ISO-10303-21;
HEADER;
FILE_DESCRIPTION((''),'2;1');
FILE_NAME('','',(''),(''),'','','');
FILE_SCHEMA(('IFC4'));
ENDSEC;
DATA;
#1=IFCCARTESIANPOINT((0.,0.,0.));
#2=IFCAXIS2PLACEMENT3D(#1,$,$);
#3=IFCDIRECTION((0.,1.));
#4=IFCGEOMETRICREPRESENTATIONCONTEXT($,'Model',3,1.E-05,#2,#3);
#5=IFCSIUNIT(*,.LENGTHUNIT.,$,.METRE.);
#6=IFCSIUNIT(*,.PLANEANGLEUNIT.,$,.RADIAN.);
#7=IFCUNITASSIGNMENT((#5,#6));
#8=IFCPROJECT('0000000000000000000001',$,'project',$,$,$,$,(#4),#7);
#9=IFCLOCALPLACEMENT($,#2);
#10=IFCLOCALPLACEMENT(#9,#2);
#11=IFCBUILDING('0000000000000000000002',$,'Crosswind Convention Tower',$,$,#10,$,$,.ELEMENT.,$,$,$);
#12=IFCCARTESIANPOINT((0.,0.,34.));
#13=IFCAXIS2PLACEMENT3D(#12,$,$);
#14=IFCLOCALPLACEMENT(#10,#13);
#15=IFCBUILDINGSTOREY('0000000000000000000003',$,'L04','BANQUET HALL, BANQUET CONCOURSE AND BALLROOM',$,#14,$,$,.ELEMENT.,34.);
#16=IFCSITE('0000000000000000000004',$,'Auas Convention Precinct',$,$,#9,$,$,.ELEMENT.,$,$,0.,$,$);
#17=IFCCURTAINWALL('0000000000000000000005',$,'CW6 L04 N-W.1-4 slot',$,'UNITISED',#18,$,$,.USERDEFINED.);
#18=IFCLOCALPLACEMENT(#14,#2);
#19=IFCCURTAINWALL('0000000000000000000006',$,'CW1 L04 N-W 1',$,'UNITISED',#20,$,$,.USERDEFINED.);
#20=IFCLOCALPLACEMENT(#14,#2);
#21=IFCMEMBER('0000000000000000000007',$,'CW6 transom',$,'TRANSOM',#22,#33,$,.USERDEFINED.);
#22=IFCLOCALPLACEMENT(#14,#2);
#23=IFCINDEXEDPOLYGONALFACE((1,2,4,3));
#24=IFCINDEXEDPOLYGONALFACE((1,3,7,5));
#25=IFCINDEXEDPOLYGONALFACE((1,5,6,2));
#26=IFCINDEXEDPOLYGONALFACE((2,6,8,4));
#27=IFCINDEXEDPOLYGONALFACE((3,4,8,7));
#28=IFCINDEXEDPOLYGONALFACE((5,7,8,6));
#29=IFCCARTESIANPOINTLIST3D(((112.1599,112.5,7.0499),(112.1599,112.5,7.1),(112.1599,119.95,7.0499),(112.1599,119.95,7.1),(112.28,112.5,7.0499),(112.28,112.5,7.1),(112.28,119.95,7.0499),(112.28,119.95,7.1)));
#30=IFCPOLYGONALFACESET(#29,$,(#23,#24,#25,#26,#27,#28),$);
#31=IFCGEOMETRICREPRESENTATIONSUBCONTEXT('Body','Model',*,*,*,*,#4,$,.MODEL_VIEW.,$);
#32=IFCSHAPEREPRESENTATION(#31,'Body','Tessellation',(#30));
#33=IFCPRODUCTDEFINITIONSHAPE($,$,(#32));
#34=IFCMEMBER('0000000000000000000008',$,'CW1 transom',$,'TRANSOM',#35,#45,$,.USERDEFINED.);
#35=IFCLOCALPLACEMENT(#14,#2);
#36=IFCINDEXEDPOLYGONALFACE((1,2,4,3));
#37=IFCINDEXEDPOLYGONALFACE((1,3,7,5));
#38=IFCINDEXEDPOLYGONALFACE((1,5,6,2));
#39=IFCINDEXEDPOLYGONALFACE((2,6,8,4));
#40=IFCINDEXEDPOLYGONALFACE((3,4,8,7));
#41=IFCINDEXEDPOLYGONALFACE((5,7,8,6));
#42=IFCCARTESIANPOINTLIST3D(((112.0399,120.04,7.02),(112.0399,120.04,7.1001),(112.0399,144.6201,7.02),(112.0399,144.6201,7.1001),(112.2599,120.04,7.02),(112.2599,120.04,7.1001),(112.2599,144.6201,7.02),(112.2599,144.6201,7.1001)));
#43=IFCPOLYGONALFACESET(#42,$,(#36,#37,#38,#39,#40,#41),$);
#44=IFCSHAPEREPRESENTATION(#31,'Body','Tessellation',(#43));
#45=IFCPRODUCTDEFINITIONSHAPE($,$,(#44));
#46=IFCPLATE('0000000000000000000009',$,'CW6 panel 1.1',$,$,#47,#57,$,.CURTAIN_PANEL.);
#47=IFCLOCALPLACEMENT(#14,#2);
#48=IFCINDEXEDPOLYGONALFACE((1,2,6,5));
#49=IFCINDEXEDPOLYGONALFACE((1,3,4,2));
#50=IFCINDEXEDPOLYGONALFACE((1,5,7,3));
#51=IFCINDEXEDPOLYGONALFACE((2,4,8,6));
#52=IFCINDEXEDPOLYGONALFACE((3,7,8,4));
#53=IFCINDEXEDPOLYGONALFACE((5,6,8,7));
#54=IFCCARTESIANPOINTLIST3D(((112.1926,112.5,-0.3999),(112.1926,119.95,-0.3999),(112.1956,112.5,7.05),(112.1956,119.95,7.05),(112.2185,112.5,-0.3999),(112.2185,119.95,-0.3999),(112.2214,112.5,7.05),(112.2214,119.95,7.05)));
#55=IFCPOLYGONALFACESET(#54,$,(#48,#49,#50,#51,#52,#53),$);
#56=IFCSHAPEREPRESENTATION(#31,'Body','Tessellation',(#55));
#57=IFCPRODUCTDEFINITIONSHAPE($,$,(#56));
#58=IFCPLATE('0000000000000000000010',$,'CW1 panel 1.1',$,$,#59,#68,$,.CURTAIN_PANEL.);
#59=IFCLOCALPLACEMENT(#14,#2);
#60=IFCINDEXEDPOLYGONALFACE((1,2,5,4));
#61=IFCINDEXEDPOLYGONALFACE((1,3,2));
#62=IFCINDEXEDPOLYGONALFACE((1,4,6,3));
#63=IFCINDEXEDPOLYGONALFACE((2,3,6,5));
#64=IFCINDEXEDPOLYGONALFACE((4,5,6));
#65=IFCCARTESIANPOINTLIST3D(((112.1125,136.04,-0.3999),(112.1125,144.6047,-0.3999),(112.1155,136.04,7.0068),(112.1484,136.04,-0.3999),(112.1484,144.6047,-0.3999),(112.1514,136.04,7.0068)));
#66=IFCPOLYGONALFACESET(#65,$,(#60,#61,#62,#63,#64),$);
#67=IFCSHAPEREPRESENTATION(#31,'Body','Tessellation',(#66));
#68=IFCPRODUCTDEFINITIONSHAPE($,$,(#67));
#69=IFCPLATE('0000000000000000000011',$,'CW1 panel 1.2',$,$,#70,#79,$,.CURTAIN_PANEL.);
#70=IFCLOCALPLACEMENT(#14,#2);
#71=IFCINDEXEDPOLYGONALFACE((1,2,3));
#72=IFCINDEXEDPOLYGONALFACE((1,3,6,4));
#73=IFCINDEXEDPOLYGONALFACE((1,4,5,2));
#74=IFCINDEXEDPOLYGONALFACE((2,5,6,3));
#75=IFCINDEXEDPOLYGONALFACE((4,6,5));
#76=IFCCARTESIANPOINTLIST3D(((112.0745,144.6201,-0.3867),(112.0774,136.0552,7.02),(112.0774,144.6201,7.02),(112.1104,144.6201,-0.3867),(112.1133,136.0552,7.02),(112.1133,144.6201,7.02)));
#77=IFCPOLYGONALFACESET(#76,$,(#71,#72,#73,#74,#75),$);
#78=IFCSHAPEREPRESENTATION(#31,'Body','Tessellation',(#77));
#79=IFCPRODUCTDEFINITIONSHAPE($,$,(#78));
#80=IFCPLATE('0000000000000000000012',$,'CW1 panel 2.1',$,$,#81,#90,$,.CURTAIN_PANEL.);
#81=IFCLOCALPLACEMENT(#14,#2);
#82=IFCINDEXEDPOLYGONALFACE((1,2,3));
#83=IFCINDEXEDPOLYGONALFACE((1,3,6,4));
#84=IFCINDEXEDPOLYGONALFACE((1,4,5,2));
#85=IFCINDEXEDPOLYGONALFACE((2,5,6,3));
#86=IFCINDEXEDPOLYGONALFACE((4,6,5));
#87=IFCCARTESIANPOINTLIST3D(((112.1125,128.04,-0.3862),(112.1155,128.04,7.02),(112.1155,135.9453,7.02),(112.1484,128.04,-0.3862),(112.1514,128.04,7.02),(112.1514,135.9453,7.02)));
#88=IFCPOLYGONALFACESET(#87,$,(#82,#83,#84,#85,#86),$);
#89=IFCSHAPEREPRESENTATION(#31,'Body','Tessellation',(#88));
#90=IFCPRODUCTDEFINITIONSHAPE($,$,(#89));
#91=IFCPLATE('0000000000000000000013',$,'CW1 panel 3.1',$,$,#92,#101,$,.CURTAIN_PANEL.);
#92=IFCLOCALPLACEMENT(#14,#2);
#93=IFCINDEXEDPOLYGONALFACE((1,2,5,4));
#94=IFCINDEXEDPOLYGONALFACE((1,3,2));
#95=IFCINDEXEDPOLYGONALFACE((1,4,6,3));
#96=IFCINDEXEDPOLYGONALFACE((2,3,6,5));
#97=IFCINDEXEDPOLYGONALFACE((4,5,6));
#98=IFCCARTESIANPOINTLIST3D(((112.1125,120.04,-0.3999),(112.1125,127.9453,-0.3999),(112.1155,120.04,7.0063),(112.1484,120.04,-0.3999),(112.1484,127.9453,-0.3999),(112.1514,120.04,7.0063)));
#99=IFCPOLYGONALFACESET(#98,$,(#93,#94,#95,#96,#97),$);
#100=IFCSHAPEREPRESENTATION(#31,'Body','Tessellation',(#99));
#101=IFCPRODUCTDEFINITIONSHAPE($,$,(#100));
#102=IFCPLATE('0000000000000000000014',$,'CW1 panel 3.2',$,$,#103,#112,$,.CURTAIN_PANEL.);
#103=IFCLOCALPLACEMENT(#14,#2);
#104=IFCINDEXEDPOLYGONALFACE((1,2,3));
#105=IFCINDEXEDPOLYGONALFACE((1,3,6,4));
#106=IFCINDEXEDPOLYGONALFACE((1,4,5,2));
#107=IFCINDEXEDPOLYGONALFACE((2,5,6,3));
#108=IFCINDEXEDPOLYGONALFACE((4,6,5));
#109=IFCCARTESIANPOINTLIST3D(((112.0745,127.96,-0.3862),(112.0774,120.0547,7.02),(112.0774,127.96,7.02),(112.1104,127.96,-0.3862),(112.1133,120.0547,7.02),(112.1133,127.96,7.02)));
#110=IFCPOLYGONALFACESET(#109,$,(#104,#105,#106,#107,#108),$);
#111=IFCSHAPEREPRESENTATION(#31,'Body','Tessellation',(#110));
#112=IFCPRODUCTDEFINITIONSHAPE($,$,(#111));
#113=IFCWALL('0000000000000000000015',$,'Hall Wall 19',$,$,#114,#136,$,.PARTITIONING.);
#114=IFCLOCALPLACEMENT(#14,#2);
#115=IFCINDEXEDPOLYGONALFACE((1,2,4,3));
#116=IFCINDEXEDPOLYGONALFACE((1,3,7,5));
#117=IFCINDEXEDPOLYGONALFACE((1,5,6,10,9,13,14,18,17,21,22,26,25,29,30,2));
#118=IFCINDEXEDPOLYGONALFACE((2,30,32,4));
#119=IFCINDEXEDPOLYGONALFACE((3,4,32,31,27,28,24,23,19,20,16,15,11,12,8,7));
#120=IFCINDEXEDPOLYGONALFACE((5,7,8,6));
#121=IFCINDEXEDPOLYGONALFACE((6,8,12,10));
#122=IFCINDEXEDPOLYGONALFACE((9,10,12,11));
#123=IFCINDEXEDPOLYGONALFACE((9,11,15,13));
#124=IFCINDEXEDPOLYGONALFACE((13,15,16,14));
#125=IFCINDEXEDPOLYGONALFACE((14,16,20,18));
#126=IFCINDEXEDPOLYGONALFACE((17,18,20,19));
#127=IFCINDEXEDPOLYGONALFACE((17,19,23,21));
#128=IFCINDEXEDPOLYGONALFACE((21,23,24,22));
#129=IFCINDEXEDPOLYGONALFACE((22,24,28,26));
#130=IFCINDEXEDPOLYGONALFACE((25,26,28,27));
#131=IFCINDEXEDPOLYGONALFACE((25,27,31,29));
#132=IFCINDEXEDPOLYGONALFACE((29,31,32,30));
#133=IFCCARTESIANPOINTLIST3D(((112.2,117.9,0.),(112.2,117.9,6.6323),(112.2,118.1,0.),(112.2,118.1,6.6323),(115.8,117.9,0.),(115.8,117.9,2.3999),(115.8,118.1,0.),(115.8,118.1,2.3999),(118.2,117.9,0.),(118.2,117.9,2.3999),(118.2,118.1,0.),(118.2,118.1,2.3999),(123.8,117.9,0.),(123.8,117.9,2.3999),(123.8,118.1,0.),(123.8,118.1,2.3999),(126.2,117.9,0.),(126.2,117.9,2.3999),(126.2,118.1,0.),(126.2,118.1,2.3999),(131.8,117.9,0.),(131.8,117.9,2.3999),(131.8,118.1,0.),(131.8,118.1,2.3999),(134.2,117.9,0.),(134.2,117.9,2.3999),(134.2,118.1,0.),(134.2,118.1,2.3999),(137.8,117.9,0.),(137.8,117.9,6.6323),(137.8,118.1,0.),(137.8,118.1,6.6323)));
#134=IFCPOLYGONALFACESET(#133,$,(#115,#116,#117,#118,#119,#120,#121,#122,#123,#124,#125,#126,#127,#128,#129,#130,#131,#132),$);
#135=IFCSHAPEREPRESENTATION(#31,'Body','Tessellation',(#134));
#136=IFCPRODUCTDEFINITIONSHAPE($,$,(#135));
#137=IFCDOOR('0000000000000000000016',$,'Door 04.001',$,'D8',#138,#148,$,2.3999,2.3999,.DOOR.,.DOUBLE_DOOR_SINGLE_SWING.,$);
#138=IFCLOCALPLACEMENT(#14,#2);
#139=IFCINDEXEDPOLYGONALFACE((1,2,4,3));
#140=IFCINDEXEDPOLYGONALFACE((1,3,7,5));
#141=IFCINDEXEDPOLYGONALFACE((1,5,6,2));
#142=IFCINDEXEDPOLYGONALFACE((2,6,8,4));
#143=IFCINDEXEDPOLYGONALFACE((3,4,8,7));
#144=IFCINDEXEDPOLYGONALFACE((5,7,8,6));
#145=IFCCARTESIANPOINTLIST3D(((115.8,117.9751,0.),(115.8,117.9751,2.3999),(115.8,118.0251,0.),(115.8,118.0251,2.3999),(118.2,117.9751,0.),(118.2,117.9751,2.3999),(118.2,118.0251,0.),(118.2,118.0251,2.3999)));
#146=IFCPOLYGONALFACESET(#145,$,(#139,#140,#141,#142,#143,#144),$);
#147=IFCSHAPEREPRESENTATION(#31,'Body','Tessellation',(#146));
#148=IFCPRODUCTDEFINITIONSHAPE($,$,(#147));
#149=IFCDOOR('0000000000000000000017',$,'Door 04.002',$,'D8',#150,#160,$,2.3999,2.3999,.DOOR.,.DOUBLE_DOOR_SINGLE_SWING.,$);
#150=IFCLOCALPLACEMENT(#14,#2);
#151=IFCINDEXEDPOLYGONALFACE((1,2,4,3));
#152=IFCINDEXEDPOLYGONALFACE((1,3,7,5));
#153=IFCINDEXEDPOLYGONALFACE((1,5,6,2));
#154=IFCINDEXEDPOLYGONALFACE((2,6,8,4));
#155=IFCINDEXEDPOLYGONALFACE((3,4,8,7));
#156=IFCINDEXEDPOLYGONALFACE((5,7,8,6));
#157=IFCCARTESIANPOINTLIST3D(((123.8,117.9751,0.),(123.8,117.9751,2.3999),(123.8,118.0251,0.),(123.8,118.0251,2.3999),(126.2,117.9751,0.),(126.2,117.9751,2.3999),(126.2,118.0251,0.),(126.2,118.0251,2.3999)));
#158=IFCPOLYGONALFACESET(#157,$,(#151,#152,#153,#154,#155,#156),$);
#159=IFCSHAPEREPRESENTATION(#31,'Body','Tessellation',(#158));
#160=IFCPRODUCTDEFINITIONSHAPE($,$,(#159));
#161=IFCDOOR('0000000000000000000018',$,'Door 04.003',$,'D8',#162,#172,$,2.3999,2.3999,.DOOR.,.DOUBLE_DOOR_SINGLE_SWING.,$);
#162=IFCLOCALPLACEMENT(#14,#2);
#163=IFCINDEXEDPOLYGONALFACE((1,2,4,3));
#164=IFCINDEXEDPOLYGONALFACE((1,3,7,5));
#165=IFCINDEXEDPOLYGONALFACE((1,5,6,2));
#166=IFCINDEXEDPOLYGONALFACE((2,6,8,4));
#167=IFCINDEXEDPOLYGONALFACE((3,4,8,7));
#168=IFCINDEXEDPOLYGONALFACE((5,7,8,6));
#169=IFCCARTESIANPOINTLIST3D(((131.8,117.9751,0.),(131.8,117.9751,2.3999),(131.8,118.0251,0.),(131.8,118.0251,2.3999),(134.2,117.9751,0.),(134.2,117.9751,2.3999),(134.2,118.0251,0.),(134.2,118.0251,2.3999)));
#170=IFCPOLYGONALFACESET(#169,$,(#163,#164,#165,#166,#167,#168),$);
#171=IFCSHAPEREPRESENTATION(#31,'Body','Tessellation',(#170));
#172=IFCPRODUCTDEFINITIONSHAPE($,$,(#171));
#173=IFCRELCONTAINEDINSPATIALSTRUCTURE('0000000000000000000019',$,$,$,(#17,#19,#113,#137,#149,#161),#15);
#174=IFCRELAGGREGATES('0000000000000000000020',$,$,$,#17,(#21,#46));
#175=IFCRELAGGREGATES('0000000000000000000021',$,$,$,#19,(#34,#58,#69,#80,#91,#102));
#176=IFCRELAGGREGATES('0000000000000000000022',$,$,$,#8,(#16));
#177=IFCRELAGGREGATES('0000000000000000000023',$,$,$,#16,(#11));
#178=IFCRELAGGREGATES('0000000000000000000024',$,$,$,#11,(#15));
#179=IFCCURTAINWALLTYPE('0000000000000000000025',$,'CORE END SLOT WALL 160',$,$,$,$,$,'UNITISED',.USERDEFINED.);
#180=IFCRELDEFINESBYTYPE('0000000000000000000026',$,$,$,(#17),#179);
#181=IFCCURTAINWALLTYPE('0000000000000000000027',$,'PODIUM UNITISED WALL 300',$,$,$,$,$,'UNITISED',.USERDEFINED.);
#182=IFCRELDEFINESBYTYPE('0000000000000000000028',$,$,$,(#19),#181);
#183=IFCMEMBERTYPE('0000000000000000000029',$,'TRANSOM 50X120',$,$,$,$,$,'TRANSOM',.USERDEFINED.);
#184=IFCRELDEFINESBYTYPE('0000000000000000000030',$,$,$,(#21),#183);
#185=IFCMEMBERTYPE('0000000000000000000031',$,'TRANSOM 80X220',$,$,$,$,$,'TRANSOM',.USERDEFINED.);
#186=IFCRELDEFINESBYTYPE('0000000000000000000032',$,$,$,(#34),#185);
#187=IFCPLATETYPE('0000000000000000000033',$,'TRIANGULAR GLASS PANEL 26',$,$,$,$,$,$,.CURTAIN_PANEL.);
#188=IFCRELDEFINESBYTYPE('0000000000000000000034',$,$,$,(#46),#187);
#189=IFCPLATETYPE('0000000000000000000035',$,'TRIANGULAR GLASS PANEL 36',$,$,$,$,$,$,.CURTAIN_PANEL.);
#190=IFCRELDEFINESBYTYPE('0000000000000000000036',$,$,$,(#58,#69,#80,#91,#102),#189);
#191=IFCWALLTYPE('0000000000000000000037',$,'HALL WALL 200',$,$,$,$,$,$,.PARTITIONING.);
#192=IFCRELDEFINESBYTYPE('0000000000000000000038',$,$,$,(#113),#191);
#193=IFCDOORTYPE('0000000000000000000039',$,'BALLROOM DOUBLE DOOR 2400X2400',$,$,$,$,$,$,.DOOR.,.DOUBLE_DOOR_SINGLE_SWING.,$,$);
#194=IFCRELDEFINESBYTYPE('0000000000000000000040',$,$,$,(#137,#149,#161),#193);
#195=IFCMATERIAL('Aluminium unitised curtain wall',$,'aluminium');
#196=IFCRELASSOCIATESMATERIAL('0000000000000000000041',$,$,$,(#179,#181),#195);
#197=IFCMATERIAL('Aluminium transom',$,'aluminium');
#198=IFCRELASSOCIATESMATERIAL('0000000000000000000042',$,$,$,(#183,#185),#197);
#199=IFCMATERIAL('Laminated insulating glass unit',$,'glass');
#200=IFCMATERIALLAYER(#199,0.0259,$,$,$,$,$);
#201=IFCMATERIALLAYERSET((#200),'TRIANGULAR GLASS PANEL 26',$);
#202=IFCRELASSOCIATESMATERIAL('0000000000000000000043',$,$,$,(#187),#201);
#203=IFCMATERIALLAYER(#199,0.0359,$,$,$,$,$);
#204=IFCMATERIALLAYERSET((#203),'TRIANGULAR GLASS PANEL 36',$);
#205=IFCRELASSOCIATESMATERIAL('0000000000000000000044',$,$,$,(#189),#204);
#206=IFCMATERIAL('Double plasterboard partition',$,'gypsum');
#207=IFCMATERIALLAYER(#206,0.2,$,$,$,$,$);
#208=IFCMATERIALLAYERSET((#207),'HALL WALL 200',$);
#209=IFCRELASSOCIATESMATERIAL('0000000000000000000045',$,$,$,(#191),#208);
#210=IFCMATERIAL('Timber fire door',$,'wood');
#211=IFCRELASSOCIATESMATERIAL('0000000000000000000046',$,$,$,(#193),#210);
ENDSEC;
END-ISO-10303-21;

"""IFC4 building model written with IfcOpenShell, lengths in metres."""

from ifc_helpers import new_model, si_unit, direction, frame, frame_2d, origin, origin_2d, place, context, subcontext, project, spatial, polyline, rectangle, outline, extrude, material, layer, layer_set, material_profile, profile_set, type_object, element, fill, aggregate, save


model = new_model("IFC4")

# Units and contexts
model_context = context("Model", 3, precision=1e-05, world=origin(), true_north=direction((0.0, 1.0)))
body_context = subcontext(model_context, "Body", "Model", "MODEL_VIEW")
ifc_project = project(units=[si_unit("LENGTHUNIT", "METRE"), si_unit("PLANEANGLEUNIT", "RADIAN")], contexts=[model_context])

# Site, building, storey
site_placement = place(None, origin())
site = spatial("IfcSite", under=ifc_project, at=site_placement, Name="Auas Convention Precinct", CompositionType="ELEMENT", RefElevation=0.0)
building_placement = place(site_placement, origin())
building = spatial("IfcBuilding", under=site, at=building_placement, Name="Crosswind Convention Tower", CompositionType="ELEMENT")
storey_placement = place(building_placement, frame((0.0, 0.0, 34.0)))
storey = spatial("IfcBuildingStorey", under=building, at=storey_placement, Name="L04", Description="BANQUET HALL, BANQUET CONCOURSE AND BALLROOM", CompositionType="ELEMENT", Elevation=34.0)

# Curtain walls
ifc_material_1 = material(Name="Aluminium unitised curtain wall", Category="aluminium")
curtain_wall_type_1 = type_object("IfcCurtainWallType", Name="CORE END SLOT WALL 160", ElementType="UNITISED", PredefinedType="USERDEFINED", material=ifc_material_1)
curtain_wall_1_placement = place(storey_placement, origin())
curtain_wall_1 = element("IfcCurtainWall", 1, at=curtain_wall_1_placement, inside=storey, type_object=curtain_wall_type_1, Name="CW6 L04 N-W.1-4 slot", ObjectType="UNITISED", PredefinedType="USERDEFINED")
curtain_wall_type_2 = type_object("IfcCurtainWallType", Name="PODIUM UNITISED WALL 300", ElementType="UNITISED", PredefinedType="USERDEFINED", material=ifc_material_1)
curtain_wall_2_placement = place(storey_placement, origin())
curtain_wall_2 = element("IfcCurtainWall", 2, at=curtain_wall_2_placement, inside=storey, type_object=curtain_wall_type_2, Name="CW1 L04 N-W 1", ObjectType="UNITISED", PredefinedType="USERDEFINED")

# Members
ifc_material_2 = material(Name="Aluminium transom", Category="aluminium")
ifc_material_profile_1 = material_profile(ifc_material_2, rectangle(XDim=0.1201, YDim=0.05, at=origin_2d()), Name="AL 120X50")
ifc_profile_set_1 = profile_set([ifc_material_profile_1], Name="Aluminium transom")
member_type_1 = type_object("IfcMemberType", Name="TRANSOM 50X120", ElementType="TRANSOM", PredefinedType="USERDEFINED", material=ifc_profile_set_1)
member_1_placement = place(storey_placement, frame((112.22, 119.95, 7.075), z_axis=(0.0, -1.0, 0.0), x_axis=(1.0, 0.0, 0.0)))
member_1 = element("IfcMember", 3, at=member_1_placement, type_object=member_type_1, Name="CW6 transom", ObjectType="TRANSOM", PredefinedType="USERDEFINED", context=body_context, shape_type="SweptSolid", body=[
    extrude(rectangle(XDim=0.1201, YDim=0.05, at=origin_2d()), origin(), (0.0, 0.0, 1.0), 7.45),
])
ifc_material_profile_2 = material_profile(ifc_material_2, rectangle(XDim=0.22, YDim=0.0801, at=origin_2d()), Name="AL 220X80")
ifc_profile_set_2 = profile_set([ifc_material_profile_2], Name="Aluminium transom")
member_type_2 = type_object("IfcMemberType", Name="TRANSOM 80X220", ElementType="TRANSOM", PredefinedType="USERDEFINED", material=ifc_profile_set_2)
member_2_placement = place(storey_placement, frame((112.1499, 144.6201, 7.0601), z_axis=(0.0, -1.0, 0.0), x_axis=(1.0, 0.0, 0.0)))
member_2 = element("IfcMember", 4, at=member_2_placement, type_object=member_type_2, Name="CW1 transom", ObjectType="TRANSOM", PredefinedType="USERDEFINED", context=body_context, shape_type="SweptSolid", body=[
    extrude(rectangle(XDim=0.22, YDim=0.0801, at=origin_2d()), origin(), (0.0, 0.0, 1.0), 24.5801),
])

# Plates
ifc_material_3 = material(Name="Laminated insulating glass unit", Category="glass")
ifc_layer_1 = layer(ifc_material_3, 0.0259)
ifc_layer_set_1 = layer_set([ifc_layer_1], Name="TRIANGULAR GLASS PANEL 26")
plate_type_1 = type_object("IfcPlateType", Name="TRIANGULAR GLASS PANEL 26", PredefinedType="CURTAIN_PANEL", material=ifc_layer_set_1)
plate_1_placement = place(storey_placement, frame((112.1926, 119.95, -0.3999), z_axis=(-1.0, 0.0, 0.000393), x_axis=(0.0, -1.0, 0.0)))
plate_1 = element("IfcPlate", 5, at=plate_1_placement, type_object=plate_type_1, Name="CW6 panel 1.1", PredefinedType="CURTAIN_PANEL", context=body_context, shape_type="SweptSolid", body=[
    extrude(outline(polyline([(0.0, 0.0), (7.45, 0.0), (7.45, 7.45), (0.0, 7.45), (0.0, 0.0)])), origin(), (0.0, 0.0, -1.0), 0.0259),
])
aggregate(curtain_wall_1, [member_1, plate_1])
ifc_layer_2 = layer(ifc_material_3, 0.0359)
ifc_layer_set_2 = layer_set([ifc_layer_2], Name="TRIANGULAR GLASS PANEL 36")
plate_type_2 = type_object("IfcPlateType", Name="TRIANGULAR GLASS PANEL 36", PredefinedType="CURTAIN_PANEL", material=ifc_layer_set_2)
plate_2_placement = place(storey_placement, frame((112.1125, 136.04, -0.3999), z_axis=(-1.0, 0.0, 0.000396), x_axis=(0.000396, 0.0, 1.0)))
plate_2 = element("IfcPlate", 6, at=plate_2_placement, type_object=plate_type_2, Name="CW1 panel 1.1", PredefinedType="CURTAIN_PANEL", context=body_context, shape_type="SweptSolid", body=[
    extrude(outline(polyline([(0.0, 0.0), (7.4067, 0.0), (0.0, 8.5647), (0.0, 0.0)])), origin(), (0.0, 0.0, -1.0), 0.0359),
])
plate_3_placement = place(storey_placement, frame((112.0774, 144.6201, 7.02), z_axis=(-1.0, 0.0, 0.000396), x_axis=(-0.000396, 0.0, -1.0)))
plate_3 = element("IfcPlate", 7, at=plate_3_placement, type_object=plate_type_2, Name="CW1 panel 1.2", PredefinedType="CURTAIN_PANEL", context=body_context, shape_type="SweptSolid", body=[
    extrude(outline(polyline([(0.0, 0.0), (7.4067, 0.0), (0.0, 8.5649), (0.0, 0.0)])), origin(), (0.0, 0.0, -1.0), 0.0359),
])
plate_4_placement = place(storey_placement, frame((112.1155, 128.04, 7.02), z_axis=(-1.0, 0.0, 0.000396), x_axis=(0.0, 1.0, 0.0)))
plate_4 = element("IfcPlate", 8, at=plate_4_placement, type_object=plate_type_2, Name="CW1 panel 2.1", PredefinedType="CURTAIN_PANEL", context=body_context, shape_type="SweptSolid", body=[
    extrude(outline(polyline([(0.0, 0.0), (7.9053, 0.0), (0.0, 7.4063), (0.0, 0.0)])), origin(), (0.0, 0.0, -1.0), 0.0359),
])
plate_5_placement = place(storey_placement, frame((112.1125, 120.04, -0.3999), z_axis=(-1.0, 0.0, 0.000396), x_axis=(0.000396, 0.0, 1.0)))
plate_5 = element("IfcPlate", 9, at=plate_5_placement, type_object=plate_type_2, Name="CW1 panel 3.1", PredefinedType="CURTAIN_PANEL", context=body_context, shape_type="SweptSolid", body=[
    extrude(outline(polyline([(0.0, 0.0), (7.4063, 0.0), (0.0, 7.9053), (0.0, 0.0)])), origin(), (0.0, 0.0, -1.0), 0.0359),
])
plate_6_placement = place(storey_placement, frame((112.0774, 127.96, 7.02), z_axis=(-1.0, 0.0, 0.000396), x_axis=(-0.000396, 0.0, -1.0)))
plate_6 = element("IfcPlate", 10, at=plate_6_placement, type_object=plate_type_2, Name="CW1 panel 3.2", PredefinedType="CURTAIN_PANEL", context=body_context, shape_type="SweptSolid", body=[
    extrude(outline(polyline([(0.0, 0.0), (7.4063, 0.0), (0.0, 7.9053), (0.0, 0.0)])), origin(), (0.0, 0.0, -1.0), 0.0359),
])
aggregate(curtain_wall_2, [member_2, plate_2, plate_3, plate_4, plate_5, plate_6])

# Wall, openings, doors
ifc_material_4 = material(Name="Double plasterboard partition", Category="gypsum")
ifc_layer_3 = layer(ifc_material_4, 0.2)
ifc_layer_set_3 = layer_set([ifc_layer_3], Name="HALL WALL 200")
wall_type_1 = type_object("IfcWallType", Name="HALL WALL 200", PredefinedType="PARTITIONING", material=ifc_layer_set_3)
wall_1_placement = place(storey_placement, frame((112.2, 118.0, 0.0), z_axis=(0.0, 0.0, 1.0), x_axis=(1.0, 0.0, 0.0)))
wall_1 = element("IfcWall", 11, at=wall_1_placement, inside=storey, type_object=wall_type_1, Name="Hall Wall 19", PredefinedType="PARTITIONING", context=body_context, shape_type="SweptSolid", body=[
    extrude(rectangle(XDim=25.6001, YDim=0.2, at=frame_2d((12.8, 0.0))), origin(), (0.0, 0.0, 1.0), 6.6323),
])
opening_1_placement = place(wall_1_placement, frame((3.6001, 0.0, 0.0)))
opening_1 = element("IfcOpeningElement", 12, at=opening_1_placement, cuts=wall_1, PredefinedType="OPENING", context=body_context, shape_type="SweptSolid", body=[
    extrude(rectangle(XDim=2.3999, YDim=2.3999, at=frame_2d((1.2, 1.2))), frame((0.0, 0.1099, 0.0), z_axis=(0.0, -1.0, 0.0), x_axis=(1.0, 0.0, 0.0)), (0.0, 0.0, 1.0), 0.22),
])
opening_2_placement = place(wall_1_placement, frame((11.6001, 0.0, 0.0)))
opening_2 = element("IfcOpeningElement", 13, at=opening_2_placement, cuts=wall_1, PredefinedType="OPENING", context=body_context, shape_type="SweptSolid", body=[
    extrude(rectangle(XDim=2.3999, YDim=2.3999, at=frame_2d((1.2, 1.2))), frame((0.0, 0.1099, 0.0), z_axis=(0.0, -1.0, 0.0), x_axis=(1.0, 0.0, 0.0)), (0.0, 0.0, 1.0), 0.22),
])
opening_3_placement = place(wall_1_placement, frame((19.6001, 0.0, 0.0)))
opening_3 = element("IfcOpeningElement", 14, at=opening_3_placement, cuts=wall_1, PredefinedType="OPENING", context=body_context, shape_type="SweptSolid", body=[
    extrude(rectangle(XDim=2.3999, YDim=2.3999, at=frame_2d((1.2, 1.2))), frame((0.0, 0.1099, 0.0), z_axis=(0.0, -1.0, 0.0), x_axis=(1.0, 0.0, 0.0)), (0.0, 0.0, 1.0), 0.22),
])
ifc_material_5 = material(Name="Timber fire door", Category="wood")
door_type = type_object("IfcDoorType", Name="BALLROOM DOUBLE DOOR 2400X2400", OperationType="DOUBLE_DOOR_SINGLE_SWING", PredefinedType="DOOR", material=ifc_material_5)
door_1_placement = place(opening_1_placement, frame((2.3999, 0.0, 0.0), z_axis=(0.0, 0.0, 1.0), x_axis=(-1.0, 0.0, 0.0)))
door_1 = element("IfcDoor", 15, at=door_1_placement, inside=storey, type_object=door_type, Name="Door 04.001", ObjectType="D8", OperationType="DOUBLE_DOOR_SINGLE_SWING", OverallHeight=2.3999, OverallWidth=2.3999, PredefinedType="DOOR", context=body_context, shape_type="SweptSolid", body=[
    extrude(rectangle(XDim=2.3999, YDim=2.3999, at=frame_2d((1.2, 1.2))), frame((0.0, 0.0249, 0.0), z_axis=(0.0, -1.0, 0.0), x_axis=(1.0, 0.0, 0.0)), (0.0, 0.0, 1.0), 0.05),
])
fill(opening_1, door_1)
door_2_placement = place(opening_2_placement, frame((2.3999, 0.0, 0.0), z_axis=(0.0, 0.0, 1.0), x_axis=(-1.0, 0.0, 0.0)))
door_2 = element("IfcDoor", 16, at=door_2_placement, inside=storey, type_object=door_type, Name="Door 04.002", ObjectType="D8", OperationType="DOUBLE_DOOR_SINGLE_SWING", OverallHeight=2.3999, OverallWidth=2.3999, PredefinedType="DOOR", context=body_context, shape_type="SweptSolid", body=[
    extrude(rectangle(XDim=2.3999, YDim=2.3999, at=frame_2d((1.2, 1.2))), frame((0.0, 0.0249, 0.0), z_axis=(0.0, -1.0, 0.0), x_axis=(1.0, 0.0, 0.0)), (0.0, 0.0, 1.0), 0.05),
])
fill(opening_2, door_2)
door_3_placement = place(opening_3_placement, frame((2.3999, 0.0, 0.0), z_axis=(0.0, 0.0, 1.0), x_axis=(-1.0, 0.0, 0.0)))
door_3 = element("IfcDoor", 17, at=door_3_placement, inside=storey, type_object=door_type, Name="Door 04.003", ObjectType="D8", OperationType="DOUBLE_DOOR_SINGLE_SWING", OverallHeight=2.3999, OverallWidth=2.3999, PredefinedType="DOOR", context=body_context, shape_type="SweptSolid", body=[
    extrude(rectangle(XDim=2.3999, YDim=2.3999, at=frame_2d((1.2, 1.2))), frame((0.0, 0.0249, 0.0), z_axis=(0.0, -1.0, 0.0), x_axis=(1.0, 0.0, 0.0)), (0.0, 0.0, 1.0), 0.05),
])
fill(opening_3, door_3)

save(model, "model.ifc")
